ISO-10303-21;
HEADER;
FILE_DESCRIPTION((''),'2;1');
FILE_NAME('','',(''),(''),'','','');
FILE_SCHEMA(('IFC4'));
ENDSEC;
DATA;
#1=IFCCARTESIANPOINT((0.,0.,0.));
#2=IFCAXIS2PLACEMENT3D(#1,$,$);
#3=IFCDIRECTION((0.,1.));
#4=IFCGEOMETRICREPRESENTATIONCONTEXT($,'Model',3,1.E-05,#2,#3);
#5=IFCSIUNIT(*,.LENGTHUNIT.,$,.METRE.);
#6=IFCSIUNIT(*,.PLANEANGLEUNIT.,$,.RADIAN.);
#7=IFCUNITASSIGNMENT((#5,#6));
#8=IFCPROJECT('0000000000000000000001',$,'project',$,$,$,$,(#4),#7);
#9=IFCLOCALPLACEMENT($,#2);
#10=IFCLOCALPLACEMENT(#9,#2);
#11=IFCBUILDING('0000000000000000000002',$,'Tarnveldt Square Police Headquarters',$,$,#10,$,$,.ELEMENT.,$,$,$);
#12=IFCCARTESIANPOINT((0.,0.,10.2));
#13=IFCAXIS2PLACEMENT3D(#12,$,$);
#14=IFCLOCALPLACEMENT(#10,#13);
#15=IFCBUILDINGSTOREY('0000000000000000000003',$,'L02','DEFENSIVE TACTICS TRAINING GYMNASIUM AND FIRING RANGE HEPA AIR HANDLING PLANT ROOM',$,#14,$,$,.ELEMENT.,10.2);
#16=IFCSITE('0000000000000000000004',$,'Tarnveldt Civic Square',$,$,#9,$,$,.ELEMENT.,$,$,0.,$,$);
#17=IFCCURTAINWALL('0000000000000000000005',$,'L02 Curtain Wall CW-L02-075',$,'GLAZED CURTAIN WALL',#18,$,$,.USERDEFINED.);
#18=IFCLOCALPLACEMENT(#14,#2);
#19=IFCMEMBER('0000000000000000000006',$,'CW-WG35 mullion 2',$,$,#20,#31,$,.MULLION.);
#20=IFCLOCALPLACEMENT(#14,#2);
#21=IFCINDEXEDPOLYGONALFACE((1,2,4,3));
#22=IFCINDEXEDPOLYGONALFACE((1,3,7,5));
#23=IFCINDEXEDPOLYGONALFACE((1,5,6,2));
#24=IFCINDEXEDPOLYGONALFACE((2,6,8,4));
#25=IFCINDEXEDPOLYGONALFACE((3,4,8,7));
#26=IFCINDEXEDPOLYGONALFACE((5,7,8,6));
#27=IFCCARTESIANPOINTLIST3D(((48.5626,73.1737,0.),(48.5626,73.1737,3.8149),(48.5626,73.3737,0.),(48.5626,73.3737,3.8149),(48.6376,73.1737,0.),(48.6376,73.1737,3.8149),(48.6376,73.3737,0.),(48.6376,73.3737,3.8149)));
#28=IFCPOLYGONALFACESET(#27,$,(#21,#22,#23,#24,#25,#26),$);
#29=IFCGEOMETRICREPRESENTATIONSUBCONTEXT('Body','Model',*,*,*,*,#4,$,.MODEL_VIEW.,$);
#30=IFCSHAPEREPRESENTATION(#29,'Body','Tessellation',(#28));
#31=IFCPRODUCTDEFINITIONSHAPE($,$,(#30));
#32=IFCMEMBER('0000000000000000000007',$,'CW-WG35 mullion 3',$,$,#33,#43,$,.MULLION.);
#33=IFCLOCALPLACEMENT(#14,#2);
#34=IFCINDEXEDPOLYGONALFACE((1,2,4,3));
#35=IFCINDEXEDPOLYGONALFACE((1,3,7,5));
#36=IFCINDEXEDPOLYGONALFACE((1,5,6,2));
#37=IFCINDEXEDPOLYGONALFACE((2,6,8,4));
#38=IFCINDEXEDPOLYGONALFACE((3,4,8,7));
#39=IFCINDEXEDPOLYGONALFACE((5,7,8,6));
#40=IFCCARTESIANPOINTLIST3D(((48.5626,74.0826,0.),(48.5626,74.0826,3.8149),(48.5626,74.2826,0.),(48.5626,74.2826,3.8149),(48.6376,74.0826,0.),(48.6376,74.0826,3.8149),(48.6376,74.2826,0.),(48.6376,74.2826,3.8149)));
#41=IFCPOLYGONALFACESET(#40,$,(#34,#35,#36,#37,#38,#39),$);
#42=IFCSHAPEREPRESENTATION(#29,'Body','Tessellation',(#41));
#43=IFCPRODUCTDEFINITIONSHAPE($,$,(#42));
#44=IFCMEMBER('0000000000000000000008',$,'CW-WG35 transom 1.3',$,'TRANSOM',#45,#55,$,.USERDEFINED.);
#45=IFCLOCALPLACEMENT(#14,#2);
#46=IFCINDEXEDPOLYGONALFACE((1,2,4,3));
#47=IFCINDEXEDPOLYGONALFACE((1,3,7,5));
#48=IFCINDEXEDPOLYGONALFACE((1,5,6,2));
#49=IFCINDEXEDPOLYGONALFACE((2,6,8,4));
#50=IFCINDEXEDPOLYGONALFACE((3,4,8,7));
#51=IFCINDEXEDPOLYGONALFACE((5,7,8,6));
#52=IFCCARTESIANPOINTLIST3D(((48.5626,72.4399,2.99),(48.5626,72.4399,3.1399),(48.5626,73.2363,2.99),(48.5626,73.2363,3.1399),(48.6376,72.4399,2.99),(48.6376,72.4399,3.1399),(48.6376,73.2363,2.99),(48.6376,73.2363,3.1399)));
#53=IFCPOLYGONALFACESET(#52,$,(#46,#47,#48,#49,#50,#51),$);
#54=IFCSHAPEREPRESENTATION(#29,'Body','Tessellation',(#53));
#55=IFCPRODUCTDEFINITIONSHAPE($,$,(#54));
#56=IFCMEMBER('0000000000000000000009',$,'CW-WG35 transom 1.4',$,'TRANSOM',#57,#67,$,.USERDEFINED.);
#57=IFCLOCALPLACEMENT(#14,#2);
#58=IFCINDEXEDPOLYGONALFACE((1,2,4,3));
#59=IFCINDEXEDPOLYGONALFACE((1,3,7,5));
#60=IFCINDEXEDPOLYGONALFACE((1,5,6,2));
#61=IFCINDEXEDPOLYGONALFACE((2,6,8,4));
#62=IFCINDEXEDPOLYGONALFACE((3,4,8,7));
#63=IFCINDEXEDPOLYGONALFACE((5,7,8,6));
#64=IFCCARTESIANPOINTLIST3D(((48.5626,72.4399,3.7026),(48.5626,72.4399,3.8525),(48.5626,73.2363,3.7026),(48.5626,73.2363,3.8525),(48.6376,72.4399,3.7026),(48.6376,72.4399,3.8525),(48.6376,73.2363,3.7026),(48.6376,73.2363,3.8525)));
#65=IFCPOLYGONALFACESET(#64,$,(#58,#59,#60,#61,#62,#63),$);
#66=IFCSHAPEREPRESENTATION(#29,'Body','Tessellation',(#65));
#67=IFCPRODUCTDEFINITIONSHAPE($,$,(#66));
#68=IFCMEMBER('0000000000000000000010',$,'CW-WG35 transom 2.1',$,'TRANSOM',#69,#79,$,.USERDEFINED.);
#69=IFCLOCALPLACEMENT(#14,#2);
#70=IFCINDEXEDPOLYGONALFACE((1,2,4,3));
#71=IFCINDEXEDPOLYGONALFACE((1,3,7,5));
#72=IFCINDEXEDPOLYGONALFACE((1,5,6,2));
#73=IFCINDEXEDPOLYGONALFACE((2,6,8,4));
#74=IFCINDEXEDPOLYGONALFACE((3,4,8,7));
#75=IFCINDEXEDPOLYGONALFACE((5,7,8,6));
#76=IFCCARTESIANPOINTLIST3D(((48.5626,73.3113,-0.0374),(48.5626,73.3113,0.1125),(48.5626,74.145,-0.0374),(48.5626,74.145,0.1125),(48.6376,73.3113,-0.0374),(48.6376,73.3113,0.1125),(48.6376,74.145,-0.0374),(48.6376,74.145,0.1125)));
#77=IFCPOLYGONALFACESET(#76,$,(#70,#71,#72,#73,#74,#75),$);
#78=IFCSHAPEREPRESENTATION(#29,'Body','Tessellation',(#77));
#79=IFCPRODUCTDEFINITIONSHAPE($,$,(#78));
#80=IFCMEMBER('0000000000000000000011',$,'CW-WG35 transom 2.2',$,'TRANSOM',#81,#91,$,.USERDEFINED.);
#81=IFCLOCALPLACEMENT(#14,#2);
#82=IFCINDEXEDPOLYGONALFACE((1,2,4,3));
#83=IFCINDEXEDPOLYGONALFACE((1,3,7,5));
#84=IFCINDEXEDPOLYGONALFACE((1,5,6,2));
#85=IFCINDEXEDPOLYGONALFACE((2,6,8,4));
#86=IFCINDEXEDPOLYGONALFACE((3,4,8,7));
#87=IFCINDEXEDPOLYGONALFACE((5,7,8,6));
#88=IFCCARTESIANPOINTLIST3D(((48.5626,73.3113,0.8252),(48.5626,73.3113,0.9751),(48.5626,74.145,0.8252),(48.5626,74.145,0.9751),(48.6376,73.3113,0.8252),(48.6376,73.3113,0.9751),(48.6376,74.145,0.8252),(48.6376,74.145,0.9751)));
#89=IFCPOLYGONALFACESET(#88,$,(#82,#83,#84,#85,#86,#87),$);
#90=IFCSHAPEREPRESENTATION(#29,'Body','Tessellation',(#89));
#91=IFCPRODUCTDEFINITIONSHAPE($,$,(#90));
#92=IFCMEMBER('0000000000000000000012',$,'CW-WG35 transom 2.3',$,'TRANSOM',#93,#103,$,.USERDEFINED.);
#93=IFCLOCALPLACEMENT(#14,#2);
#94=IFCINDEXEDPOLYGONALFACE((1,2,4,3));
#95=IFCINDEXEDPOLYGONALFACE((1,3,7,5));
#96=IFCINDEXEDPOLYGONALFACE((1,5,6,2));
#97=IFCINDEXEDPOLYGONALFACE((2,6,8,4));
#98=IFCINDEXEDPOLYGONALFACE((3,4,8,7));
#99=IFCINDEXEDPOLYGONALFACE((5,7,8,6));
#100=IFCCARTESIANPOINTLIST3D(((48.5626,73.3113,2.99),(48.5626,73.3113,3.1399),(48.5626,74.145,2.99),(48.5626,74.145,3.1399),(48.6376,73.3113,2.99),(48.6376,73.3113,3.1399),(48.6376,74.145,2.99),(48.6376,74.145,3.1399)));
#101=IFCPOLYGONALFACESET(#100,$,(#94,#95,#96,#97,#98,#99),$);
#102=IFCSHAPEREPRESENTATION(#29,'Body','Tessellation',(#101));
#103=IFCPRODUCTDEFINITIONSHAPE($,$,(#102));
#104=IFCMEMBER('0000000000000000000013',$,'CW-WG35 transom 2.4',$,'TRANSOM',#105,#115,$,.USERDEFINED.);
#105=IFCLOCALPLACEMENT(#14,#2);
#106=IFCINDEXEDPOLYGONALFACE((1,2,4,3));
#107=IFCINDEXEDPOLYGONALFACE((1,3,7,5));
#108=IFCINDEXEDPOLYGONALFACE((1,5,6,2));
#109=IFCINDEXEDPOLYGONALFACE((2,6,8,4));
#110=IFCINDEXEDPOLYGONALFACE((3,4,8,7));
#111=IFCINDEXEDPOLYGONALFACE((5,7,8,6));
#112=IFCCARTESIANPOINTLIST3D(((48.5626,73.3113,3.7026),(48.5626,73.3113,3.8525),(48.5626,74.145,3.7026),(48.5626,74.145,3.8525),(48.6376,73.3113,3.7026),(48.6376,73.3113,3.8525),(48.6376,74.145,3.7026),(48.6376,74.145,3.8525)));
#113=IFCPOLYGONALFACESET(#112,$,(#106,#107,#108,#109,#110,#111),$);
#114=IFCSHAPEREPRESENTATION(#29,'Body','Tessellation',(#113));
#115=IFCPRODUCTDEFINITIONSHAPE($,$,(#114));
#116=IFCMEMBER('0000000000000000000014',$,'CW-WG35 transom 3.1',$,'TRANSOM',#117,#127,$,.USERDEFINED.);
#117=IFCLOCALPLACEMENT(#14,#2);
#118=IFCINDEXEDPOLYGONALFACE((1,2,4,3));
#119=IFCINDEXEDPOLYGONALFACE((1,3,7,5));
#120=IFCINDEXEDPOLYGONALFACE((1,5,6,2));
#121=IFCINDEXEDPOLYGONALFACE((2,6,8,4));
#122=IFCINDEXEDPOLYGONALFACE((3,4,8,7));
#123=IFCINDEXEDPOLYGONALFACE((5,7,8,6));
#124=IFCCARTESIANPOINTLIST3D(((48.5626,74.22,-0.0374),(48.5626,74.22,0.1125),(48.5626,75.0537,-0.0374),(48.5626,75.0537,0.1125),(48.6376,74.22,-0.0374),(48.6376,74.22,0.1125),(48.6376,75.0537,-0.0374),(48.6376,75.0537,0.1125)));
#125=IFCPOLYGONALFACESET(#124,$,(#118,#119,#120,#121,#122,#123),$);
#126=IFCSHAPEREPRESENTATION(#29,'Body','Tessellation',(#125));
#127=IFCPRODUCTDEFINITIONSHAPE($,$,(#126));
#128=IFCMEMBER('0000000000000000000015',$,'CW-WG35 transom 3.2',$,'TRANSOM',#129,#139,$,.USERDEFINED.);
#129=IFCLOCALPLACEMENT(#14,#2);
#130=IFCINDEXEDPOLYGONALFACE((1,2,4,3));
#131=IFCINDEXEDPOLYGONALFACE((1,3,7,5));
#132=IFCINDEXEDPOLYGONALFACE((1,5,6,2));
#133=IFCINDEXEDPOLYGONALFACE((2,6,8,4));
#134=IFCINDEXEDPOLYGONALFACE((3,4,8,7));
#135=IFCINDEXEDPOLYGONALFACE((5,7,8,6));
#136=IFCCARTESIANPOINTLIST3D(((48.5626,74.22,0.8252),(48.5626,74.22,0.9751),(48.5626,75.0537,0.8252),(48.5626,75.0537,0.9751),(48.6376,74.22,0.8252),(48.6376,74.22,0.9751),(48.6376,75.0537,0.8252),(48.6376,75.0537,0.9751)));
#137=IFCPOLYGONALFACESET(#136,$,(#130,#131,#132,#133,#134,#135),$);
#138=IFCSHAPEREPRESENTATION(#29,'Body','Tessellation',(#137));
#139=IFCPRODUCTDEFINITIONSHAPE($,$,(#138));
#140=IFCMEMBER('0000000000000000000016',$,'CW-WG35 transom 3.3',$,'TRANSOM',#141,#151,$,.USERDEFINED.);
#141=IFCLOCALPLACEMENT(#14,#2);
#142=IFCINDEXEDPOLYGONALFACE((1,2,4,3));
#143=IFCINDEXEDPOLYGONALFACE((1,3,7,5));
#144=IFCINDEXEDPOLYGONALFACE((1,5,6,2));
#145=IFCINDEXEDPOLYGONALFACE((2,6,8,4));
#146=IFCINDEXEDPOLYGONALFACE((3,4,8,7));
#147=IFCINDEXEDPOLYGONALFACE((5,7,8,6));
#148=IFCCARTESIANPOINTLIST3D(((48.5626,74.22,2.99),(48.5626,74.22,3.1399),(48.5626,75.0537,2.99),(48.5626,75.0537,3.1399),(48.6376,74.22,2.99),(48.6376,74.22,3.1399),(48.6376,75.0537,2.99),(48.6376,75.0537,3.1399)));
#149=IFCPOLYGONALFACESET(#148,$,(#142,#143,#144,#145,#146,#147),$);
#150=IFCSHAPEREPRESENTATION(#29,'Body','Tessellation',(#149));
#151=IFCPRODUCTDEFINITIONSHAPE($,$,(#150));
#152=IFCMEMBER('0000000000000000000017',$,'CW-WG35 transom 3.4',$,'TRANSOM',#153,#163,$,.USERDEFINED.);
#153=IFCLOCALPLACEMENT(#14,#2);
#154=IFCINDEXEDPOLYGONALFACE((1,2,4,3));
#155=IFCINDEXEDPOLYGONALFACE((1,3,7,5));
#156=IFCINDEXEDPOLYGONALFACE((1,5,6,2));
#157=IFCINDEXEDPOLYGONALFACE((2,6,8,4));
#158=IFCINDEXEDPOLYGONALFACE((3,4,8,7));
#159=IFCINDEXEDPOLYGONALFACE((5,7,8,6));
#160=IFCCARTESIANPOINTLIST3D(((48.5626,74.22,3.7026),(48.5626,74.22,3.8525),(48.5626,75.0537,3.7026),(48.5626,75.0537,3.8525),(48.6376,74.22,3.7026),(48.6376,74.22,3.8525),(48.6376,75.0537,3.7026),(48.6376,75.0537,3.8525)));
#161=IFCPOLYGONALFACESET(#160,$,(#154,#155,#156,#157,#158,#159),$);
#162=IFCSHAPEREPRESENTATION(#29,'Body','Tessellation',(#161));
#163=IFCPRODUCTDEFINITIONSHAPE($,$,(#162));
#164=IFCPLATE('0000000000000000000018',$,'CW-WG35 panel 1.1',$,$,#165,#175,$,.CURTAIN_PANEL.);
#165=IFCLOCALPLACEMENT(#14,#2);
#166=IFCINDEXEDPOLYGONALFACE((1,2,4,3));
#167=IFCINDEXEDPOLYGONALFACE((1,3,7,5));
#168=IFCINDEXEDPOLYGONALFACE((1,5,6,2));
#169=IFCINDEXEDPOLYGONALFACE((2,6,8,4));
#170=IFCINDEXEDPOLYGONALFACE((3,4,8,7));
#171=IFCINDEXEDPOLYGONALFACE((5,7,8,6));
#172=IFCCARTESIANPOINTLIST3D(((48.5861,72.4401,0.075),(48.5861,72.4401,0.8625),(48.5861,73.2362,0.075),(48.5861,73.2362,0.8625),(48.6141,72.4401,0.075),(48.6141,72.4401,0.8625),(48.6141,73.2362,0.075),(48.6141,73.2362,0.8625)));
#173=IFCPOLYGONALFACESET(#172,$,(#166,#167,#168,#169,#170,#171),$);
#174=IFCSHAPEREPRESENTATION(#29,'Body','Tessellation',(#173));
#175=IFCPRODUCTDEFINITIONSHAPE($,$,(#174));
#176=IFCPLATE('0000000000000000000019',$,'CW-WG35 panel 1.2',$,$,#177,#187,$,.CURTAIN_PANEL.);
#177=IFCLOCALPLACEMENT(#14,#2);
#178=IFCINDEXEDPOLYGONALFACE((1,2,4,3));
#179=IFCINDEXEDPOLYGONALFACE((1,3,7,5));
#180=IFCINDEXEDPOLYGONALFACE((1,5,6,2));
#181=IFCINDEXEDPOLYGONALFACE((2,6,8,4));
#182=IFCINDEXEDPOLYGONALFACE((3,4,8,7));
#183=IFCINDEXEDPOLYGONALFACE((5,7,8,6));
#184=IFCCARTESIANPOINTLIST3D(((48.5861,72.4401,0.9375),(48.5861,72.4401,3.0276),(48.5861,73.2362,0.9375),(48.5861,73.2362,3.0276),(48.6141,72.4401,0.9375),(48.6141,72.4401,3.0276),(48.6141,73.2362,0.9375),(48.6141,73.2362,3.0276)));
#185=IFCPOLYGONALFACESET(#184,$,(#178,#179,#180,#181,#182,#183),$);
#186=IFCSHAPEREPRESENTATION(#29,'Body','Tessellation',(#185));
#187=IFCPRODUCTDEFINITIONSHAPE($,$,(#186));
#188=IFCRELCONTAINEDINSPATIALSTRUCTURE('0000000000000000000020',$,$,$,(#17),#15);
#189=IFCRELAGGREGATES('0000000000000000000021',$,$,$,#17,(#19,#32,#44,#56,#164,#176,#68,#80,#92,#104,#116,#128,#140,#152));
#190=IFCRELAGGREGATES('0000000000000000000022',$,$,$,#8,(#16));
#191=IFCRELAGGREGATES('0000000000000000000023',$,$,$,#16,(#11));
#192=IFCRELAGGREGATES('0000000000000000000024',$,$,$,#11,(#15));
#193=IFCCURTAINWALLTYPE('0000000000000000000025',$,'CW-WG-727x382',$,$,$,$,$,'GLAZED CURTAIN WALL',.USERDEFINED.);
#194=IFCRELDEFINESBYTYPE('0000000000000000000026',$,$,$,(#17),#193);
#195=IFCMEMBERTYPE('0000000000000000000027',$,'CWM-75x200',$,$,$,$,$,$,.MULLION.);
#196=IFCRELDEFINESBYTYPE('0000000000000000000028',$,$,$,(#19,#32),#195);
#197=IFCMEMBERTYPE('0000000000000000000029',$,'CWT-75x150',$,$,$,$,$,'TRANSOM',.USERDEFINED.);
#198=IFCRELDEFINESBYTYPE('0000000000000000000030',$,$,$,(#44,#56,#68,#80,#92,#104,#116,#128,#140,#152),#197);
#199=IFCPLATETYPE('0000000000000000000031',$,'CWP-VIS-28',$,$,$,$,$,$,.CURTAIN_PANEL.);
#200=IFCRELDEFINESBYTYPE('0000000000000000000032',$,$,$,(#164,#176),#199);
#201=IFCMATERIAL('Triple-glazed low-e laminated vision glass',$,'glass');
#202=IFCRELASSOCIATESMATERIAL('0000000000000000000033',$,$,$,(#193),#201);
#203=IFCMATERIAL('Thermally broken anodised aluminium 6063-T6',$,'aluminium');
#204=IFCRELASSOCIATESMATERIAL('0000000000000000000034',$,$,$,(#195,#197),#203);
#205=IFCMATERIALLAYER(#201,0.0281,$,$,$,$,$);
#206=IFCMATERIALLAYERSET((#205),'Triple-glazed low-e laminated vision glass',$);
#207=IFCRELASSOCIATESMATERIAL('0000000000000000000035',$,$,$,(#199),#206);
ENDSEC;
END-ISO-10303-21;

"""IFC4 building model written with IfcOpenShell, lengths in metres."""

from ifc_helpers import new_model, si_unit, direction, frame, origin, origin_2d, place, context, subcontext, project, spatial, rectangle, extrude, material, layer, layer_set, material_profile, profile_set, type_object, element, aggregate, save


model = new_model("IFC4")

# Units and contexts
model_context = context("Model", 3, precision=1e-05, world=origin(), true_north=direction((0.0, 1.0)))
body_context = subcontext(model_context, "Body", "Model", "MODEL_VIEW")
ifc_project = project(units=[si_unit("LENGTHUNIT", "METRE"), si_unit("PLANEANGLEUNIT", "RADIAN")], contexts=[model_context])

# Site, building, storey
site_placement = place(None, origin())
site = spatial("IfcSite", under=ifc_project, at=site_placement, Name="Tarnveldt Civic Square", CompositionType="ELEMENT", RefElevation=0.0)
building_placement = place(site_placement, origin())
building = spatial("IfcBuilding", under=site, at=building_placement, Name="Tarnveldt Square Police Headquarters", CompositionType="ELEMENT")
storey_placement = place(building_placement, frame((0.0, 0.0, 10.2)))
storey = spatial("IfcBuildingStorey", under=building, at=storey_placement, Name="L02", Description="DEFENSIVE TACTICS TRAINING GYMNASIUM AND FIRING RANGE HEPA AIR HANDLING PLANT ROOM", CompositionType="ELEMENT", Elevation=10.2)

# Curtain wall, members, plates
ifc_material_1 = material(Name="Triple-glazed low-e laminated vision glass", Category="glass")
curtain_wall_type = type_object("IfcCurtainWallType", Name="CW-WG-727x382", ElementType="GLAZED CURTAIN WALL", PredefinedType="USERDEFINED", material=ifc_material_1)
curtain_wall_placement = place(storey_placement, origin())
curtain_wall = element("IfcCurtainWall", 1, at=curtain_wall_placement, inside=storey, type_object=curtain_wall_type, Name="L02 Curtain Wall CW-L02-075", ObjectType="GLAZED CURTAIN WALL", PredefinedType="USERDEFINED")
ifc_material_2 = material(Name="Thermally broken anodised aluminium 6063-T6", Category="aluminium")
ifc_material_profile_1 = material_profile(ifc_material_2, rectangle(XDim=0.075, YDim=0.2, at=origin_2d()), Name="CW-M75x200")
ifc_profile_set_1 = profile_set([ifc_material_profile_1], Name="Thermally broken anodised aluminium 6063-T6")
member_type_1 = type_object("IfcMemberType", Name="CWM-75x200", PredefinedType="MULLION", material=ifc_profile_set_1)
member_1_placement = place(storey_placement, frame((48.6001, 73.2737, 0.0), z_axis=(0.0, 0.0, 1.0), x_axis=(-1.0, 0.0, 0.0)))
member_1 = element("IfcMember", 2, at=member_1_placement, type_object=member_type_1, Name="CW-WG35 mullion 2", PredefinedType="MULLION", context=body_context, shape_type="SweptSolid", body=[
    extrude(rectangle(XDim=0.075, YDim=0.2, at=origin_2d()), origin(), (0.0, 0.0, 1.0), 3.8149),
])
member_2_placement = place(storey_placement, frame((48.6001, 74.1826, 0.0), z_axis=(0.0, 0.0, 1.0), x_axis=(-1.0, 0.0, 0.0)))
member_2 = element("IfcMember", 3, at=member_2_placement, type_object=member_type_1, Name="CW-WG35 mullion 3", PredefinedType="MULLION", context=body_context, shape_type="SweptSolid", body=[
    extrude(rectangle(XDim=0.075, YDim=0.2, at=origin_2d()), origin(), (0.0, 0.0, 1.0), 3.8149),
])
ifc_material_profile_2 = material_profile(ifc_material_2, rectangle(XDim=0.075, YDim=0.1499, at=origin_2d()), Name="CW-T75x150")
ifc_profile_set_2 = profile_set([ifc_material_profile_2], Name="Thermally broken anodised aluminium 6063-T6")
member_type_2 = type_object("IfcMemberType", Name="CWT-75x150", ElementType="TRANSOM", PredefinedType="USERDEFINED", material=ifc_profile_set_2)
member_3_placement = place(storey_placement, frame((48.6001, 72.4399, 3.0649), z_axis=(0.0, 1.0, 0.0), x_axis=(-1.0, 0.0, 0.0)))
member_3 = element("IfcMember", 4, at=member_3_placement, type_object=member_type_2, Name="CW-WG35 transom 1.3", ObjectType="TRANSOM", PredefinedType="USERDEFINED", context=body_context, shape_type="SweptSolid", body=[
    extrude(rectangle(XDim=0.075, YDim=0.1499, at=origin_2d()), origin(), (0.0, 0.0, 1.0), 0.7964),
])
member_4_placement = place(storey_placement, frame((48.6001, 72.4399, 3.7776), z_axis=(0.0, 1.0, 0.0), x_axis=(-1.0, 0.0, 0.0)))
member_4 = element("IfcMember", 5, at=member_4_placement, type_object=member_type_2, Name="CW-WG35 transom 1.4", ObjectType="TRANSOM", PredefinedType="USERDEFINED", context=body_context, shape_type="SweptSolid", body=[
    extrude(rectangle(XDim=0.075, YDim=0.1499, at=origin_2d()), origin(), (0.0, 0.0, 1.0), 0.7964),
])
member_5_placement = place(storey_placement, frame((48.6001, 73.3113, 0.0376), z_axis=(0.0, 1.0, 0.0), x_axis=(-1.0, 0.0, 0.0)))
member_5 = element("IfcMember", 6, at=member_5_placement, type_object=member_type_2, Name="CW-WG35 transom 2.1", ObjectType="TRANSOM", PredefinedType="USERDEFINED", context=body_context, shape_type="SweptSolid", body=[
    extrude(rectangle(XDim=0.075, YDim=0.1499, at=origin_2d()), origin(), (0.0, 0.0, 1.0), 0.8337),
])
member_6_placement = place(storey_placement, frame((48.6001, 73.3113, 0.9001), z_axis=(0.0, 1.0, 0.0), x_axis=(-1.0, 0.0, 0.0)))
member_6 = element("IfcMember", 7, at=member_6_placement, type_object=member_type_2, Name="CW-WG35 transom 2.2", ObjectType="TRANSOM", PredefinedType="USERDEFINED", context=body_context, shape_type="SweptSolid", body=[
    extrude(rectangle(XDim=0.075, YDim=0.1499, at=origin_2d()), origin(), (0.0, 0.0, 1.0), 0.8337),
])
member_7_placement = place(storey_placement, frame((48.6001, 73.3113, 3.0649), z_axis=(0.0, 1.0, 0.0), x_axis=(-1.0, 0.0, 0.0)))
member_7 = element("IfcMember", 8, at=member_7_placement, type_object=member_type_2, Name="CW-WG35 transom 2.3", ObjectType="TRANSOM", PredefinedType="USERDEFINED", context=body_context, shape_type="SweptSolid", body=[
    extrude(rectangle(XDim=0.075, YDim=0.1499, at=origin_2d()), origin(), (0.0, 0.0, 1.0), 0.8337),
])
member_8_placement = place(storey_placement, frame((48.6001, 73.3113, 3.7776), z_axis=(0.0, 1.0, 0.0), x_axis=(-1.0, 0.0, 0.0)))
member_8 = element("IfcMember", 9, at=member_8_placement, type_object=member_type_2, Name="CW-WG35 transom 2.4", ObjectType="TRANSOM", PredefinedType="USERDEFINED", context=body_context, shape_type="SweptSolid", body=[
    extrude(rectangle(XDim=0.075, YDim=0.1499, at=origin_2d()), origin(), (0.0, 0.0, 1.0), 0.8337),
])
member_9_placement = place(storey_placement, frame((48.6001, 74.22, 0.0376), z_axis=(0.0, 1.0, 0.0), x_axis=(-1.0, 0.0, 0.0)))
member_9 = element("IfcMember", 10, at=member_9_placement, type_object=member_type_2, Name="CW-WG35 transom 3.1", ObjectType="TRANSOM", PredefinedType="USERDEFINED", context=body_context, shape_type="SweptSolid", body=[
    extrude(rectangle(XDim=0.075, YDim=0.1499, at=origin_2d()), origin(), (0.0, 0.0, 1.0), 0.8337),
])
member_10_placement = place(storey_placement, frame((48.6001, 74.22, 0.9001), z_axis=(0.0, 1.0, 0.0), x_axis=(-1.0, 0.0, 0.0)))
member_10 = element("IfcMember", 11, at=member_10_placement, type_object=member_type_2, Name="CW-WG35 transom 3.2", ObjectType="TRANSOM", PredefinedType="USERDEFINED", context=body_context, shape_type="SweptSolid", body=[
    extrude(rectangle(XDim=0.075, YDim=0.1499, at=origin_2d()), origin(), (0.0, 0.0, 1.0), 0.8337),
])
member_11_placement = place(storey_placement, frame((48.6001, 74.22, 3.0649), z_axis=(0.0, 1.0, 0.0), x_axis=(-1.0, 0.0, 0.0)))
member_11 = element("IfcMember", 12, at=member_11_placement, type_object=member_type_2, Name="CW-WG35 transom 3.3", ObjectType="TRANSOM", PredefinedType="USERDEFINED", context=body_context, shape_type="SweptSolid", body=[
    extrude(rectangle(XDim=0.075, YDim=0.1499, at=origin_2d()), origin(), (0.0, 0.0, 1.0), 0.8337),
])
member_12_placement = place(storey_placement, frame((48.6001, 74.22, 3.7776), z_axis=(0.0, 1.0, 0.0), x_axis=(-1.0, 0.0, 0.0)))
member_12 = element("IfcMember", 13, at=member_12_placement, type_object=member_type_2, Name="CW-WG35 transom 3.4", ObjectType="TRANSOM", PredefinedType="USERDEFINED", context=body_context, shape_type="SweptSolid", body=[
    extrude(rectangle(XDim=0.075, YDim=0.1499, at=origin_2d()), origin(), (0.0, 0.0, 1.0), 0.8337),
])
ifc_layer = layer(ifc_material_1, 0.0281)
ifc_layer_set = layer_set([ifc_layer], Name="Triple-glazed low-e laminated vision glass")
plate_type = type_object("IfcPlateType", Name="CWP-VIS-28", PredefinedType="CURTAIN_PANEL", material=ifc_layer_set)
plate_1_placement = place(storey_placement, frame((48.6001, 72.8381, 0.075), z_axis=(0.0, 0.0, 1.0), x_axis=(0.0, 1.0, 0.0)))
plate_1 = element("IfcPlate", 14, at=plate_1_placement, type_object=plate_type, Name="CW-WG35 panel 1.1", PredefinedType="CURTAIN_PANEL", context=body_context, shape_type="SweptSolid", body=[
    extrude(rectangle(XDim=0.7961, YDim=0.0281, at=origin_2d()), origin(), (0.0, 0.0, 1.0), 0.7876),
])
plate_2_placement = place(storey_placement, frame((48.6001, 72.8381, 0.9375), z_axis=(0.0, 0.0, 1.0), x_axis=(0.0, 1.0, 0.0)))
plate_2 = element("IfcPlate", 15, at=plate_2_placement, type_object=plate_type, Name="CW-WG35 panel 1.2", PredefinedType="CURTAIN_PANEL", context=body_context, shape_type="SweptSolid", body=[
    extrude(rectangle(XDim=0.7961, YDim=0.0281, at=origin_2d()), origin(), (0.0, 0.0, 1.0), 2.0901),
])
aggregate(curtain_wall, [member_1, member_2, member_3, member_4, plate_1, plate_2, member_5, member_6, member_7, member_8, member_9, member_10, member_11, member_12])

save(model, "model.ifc")
